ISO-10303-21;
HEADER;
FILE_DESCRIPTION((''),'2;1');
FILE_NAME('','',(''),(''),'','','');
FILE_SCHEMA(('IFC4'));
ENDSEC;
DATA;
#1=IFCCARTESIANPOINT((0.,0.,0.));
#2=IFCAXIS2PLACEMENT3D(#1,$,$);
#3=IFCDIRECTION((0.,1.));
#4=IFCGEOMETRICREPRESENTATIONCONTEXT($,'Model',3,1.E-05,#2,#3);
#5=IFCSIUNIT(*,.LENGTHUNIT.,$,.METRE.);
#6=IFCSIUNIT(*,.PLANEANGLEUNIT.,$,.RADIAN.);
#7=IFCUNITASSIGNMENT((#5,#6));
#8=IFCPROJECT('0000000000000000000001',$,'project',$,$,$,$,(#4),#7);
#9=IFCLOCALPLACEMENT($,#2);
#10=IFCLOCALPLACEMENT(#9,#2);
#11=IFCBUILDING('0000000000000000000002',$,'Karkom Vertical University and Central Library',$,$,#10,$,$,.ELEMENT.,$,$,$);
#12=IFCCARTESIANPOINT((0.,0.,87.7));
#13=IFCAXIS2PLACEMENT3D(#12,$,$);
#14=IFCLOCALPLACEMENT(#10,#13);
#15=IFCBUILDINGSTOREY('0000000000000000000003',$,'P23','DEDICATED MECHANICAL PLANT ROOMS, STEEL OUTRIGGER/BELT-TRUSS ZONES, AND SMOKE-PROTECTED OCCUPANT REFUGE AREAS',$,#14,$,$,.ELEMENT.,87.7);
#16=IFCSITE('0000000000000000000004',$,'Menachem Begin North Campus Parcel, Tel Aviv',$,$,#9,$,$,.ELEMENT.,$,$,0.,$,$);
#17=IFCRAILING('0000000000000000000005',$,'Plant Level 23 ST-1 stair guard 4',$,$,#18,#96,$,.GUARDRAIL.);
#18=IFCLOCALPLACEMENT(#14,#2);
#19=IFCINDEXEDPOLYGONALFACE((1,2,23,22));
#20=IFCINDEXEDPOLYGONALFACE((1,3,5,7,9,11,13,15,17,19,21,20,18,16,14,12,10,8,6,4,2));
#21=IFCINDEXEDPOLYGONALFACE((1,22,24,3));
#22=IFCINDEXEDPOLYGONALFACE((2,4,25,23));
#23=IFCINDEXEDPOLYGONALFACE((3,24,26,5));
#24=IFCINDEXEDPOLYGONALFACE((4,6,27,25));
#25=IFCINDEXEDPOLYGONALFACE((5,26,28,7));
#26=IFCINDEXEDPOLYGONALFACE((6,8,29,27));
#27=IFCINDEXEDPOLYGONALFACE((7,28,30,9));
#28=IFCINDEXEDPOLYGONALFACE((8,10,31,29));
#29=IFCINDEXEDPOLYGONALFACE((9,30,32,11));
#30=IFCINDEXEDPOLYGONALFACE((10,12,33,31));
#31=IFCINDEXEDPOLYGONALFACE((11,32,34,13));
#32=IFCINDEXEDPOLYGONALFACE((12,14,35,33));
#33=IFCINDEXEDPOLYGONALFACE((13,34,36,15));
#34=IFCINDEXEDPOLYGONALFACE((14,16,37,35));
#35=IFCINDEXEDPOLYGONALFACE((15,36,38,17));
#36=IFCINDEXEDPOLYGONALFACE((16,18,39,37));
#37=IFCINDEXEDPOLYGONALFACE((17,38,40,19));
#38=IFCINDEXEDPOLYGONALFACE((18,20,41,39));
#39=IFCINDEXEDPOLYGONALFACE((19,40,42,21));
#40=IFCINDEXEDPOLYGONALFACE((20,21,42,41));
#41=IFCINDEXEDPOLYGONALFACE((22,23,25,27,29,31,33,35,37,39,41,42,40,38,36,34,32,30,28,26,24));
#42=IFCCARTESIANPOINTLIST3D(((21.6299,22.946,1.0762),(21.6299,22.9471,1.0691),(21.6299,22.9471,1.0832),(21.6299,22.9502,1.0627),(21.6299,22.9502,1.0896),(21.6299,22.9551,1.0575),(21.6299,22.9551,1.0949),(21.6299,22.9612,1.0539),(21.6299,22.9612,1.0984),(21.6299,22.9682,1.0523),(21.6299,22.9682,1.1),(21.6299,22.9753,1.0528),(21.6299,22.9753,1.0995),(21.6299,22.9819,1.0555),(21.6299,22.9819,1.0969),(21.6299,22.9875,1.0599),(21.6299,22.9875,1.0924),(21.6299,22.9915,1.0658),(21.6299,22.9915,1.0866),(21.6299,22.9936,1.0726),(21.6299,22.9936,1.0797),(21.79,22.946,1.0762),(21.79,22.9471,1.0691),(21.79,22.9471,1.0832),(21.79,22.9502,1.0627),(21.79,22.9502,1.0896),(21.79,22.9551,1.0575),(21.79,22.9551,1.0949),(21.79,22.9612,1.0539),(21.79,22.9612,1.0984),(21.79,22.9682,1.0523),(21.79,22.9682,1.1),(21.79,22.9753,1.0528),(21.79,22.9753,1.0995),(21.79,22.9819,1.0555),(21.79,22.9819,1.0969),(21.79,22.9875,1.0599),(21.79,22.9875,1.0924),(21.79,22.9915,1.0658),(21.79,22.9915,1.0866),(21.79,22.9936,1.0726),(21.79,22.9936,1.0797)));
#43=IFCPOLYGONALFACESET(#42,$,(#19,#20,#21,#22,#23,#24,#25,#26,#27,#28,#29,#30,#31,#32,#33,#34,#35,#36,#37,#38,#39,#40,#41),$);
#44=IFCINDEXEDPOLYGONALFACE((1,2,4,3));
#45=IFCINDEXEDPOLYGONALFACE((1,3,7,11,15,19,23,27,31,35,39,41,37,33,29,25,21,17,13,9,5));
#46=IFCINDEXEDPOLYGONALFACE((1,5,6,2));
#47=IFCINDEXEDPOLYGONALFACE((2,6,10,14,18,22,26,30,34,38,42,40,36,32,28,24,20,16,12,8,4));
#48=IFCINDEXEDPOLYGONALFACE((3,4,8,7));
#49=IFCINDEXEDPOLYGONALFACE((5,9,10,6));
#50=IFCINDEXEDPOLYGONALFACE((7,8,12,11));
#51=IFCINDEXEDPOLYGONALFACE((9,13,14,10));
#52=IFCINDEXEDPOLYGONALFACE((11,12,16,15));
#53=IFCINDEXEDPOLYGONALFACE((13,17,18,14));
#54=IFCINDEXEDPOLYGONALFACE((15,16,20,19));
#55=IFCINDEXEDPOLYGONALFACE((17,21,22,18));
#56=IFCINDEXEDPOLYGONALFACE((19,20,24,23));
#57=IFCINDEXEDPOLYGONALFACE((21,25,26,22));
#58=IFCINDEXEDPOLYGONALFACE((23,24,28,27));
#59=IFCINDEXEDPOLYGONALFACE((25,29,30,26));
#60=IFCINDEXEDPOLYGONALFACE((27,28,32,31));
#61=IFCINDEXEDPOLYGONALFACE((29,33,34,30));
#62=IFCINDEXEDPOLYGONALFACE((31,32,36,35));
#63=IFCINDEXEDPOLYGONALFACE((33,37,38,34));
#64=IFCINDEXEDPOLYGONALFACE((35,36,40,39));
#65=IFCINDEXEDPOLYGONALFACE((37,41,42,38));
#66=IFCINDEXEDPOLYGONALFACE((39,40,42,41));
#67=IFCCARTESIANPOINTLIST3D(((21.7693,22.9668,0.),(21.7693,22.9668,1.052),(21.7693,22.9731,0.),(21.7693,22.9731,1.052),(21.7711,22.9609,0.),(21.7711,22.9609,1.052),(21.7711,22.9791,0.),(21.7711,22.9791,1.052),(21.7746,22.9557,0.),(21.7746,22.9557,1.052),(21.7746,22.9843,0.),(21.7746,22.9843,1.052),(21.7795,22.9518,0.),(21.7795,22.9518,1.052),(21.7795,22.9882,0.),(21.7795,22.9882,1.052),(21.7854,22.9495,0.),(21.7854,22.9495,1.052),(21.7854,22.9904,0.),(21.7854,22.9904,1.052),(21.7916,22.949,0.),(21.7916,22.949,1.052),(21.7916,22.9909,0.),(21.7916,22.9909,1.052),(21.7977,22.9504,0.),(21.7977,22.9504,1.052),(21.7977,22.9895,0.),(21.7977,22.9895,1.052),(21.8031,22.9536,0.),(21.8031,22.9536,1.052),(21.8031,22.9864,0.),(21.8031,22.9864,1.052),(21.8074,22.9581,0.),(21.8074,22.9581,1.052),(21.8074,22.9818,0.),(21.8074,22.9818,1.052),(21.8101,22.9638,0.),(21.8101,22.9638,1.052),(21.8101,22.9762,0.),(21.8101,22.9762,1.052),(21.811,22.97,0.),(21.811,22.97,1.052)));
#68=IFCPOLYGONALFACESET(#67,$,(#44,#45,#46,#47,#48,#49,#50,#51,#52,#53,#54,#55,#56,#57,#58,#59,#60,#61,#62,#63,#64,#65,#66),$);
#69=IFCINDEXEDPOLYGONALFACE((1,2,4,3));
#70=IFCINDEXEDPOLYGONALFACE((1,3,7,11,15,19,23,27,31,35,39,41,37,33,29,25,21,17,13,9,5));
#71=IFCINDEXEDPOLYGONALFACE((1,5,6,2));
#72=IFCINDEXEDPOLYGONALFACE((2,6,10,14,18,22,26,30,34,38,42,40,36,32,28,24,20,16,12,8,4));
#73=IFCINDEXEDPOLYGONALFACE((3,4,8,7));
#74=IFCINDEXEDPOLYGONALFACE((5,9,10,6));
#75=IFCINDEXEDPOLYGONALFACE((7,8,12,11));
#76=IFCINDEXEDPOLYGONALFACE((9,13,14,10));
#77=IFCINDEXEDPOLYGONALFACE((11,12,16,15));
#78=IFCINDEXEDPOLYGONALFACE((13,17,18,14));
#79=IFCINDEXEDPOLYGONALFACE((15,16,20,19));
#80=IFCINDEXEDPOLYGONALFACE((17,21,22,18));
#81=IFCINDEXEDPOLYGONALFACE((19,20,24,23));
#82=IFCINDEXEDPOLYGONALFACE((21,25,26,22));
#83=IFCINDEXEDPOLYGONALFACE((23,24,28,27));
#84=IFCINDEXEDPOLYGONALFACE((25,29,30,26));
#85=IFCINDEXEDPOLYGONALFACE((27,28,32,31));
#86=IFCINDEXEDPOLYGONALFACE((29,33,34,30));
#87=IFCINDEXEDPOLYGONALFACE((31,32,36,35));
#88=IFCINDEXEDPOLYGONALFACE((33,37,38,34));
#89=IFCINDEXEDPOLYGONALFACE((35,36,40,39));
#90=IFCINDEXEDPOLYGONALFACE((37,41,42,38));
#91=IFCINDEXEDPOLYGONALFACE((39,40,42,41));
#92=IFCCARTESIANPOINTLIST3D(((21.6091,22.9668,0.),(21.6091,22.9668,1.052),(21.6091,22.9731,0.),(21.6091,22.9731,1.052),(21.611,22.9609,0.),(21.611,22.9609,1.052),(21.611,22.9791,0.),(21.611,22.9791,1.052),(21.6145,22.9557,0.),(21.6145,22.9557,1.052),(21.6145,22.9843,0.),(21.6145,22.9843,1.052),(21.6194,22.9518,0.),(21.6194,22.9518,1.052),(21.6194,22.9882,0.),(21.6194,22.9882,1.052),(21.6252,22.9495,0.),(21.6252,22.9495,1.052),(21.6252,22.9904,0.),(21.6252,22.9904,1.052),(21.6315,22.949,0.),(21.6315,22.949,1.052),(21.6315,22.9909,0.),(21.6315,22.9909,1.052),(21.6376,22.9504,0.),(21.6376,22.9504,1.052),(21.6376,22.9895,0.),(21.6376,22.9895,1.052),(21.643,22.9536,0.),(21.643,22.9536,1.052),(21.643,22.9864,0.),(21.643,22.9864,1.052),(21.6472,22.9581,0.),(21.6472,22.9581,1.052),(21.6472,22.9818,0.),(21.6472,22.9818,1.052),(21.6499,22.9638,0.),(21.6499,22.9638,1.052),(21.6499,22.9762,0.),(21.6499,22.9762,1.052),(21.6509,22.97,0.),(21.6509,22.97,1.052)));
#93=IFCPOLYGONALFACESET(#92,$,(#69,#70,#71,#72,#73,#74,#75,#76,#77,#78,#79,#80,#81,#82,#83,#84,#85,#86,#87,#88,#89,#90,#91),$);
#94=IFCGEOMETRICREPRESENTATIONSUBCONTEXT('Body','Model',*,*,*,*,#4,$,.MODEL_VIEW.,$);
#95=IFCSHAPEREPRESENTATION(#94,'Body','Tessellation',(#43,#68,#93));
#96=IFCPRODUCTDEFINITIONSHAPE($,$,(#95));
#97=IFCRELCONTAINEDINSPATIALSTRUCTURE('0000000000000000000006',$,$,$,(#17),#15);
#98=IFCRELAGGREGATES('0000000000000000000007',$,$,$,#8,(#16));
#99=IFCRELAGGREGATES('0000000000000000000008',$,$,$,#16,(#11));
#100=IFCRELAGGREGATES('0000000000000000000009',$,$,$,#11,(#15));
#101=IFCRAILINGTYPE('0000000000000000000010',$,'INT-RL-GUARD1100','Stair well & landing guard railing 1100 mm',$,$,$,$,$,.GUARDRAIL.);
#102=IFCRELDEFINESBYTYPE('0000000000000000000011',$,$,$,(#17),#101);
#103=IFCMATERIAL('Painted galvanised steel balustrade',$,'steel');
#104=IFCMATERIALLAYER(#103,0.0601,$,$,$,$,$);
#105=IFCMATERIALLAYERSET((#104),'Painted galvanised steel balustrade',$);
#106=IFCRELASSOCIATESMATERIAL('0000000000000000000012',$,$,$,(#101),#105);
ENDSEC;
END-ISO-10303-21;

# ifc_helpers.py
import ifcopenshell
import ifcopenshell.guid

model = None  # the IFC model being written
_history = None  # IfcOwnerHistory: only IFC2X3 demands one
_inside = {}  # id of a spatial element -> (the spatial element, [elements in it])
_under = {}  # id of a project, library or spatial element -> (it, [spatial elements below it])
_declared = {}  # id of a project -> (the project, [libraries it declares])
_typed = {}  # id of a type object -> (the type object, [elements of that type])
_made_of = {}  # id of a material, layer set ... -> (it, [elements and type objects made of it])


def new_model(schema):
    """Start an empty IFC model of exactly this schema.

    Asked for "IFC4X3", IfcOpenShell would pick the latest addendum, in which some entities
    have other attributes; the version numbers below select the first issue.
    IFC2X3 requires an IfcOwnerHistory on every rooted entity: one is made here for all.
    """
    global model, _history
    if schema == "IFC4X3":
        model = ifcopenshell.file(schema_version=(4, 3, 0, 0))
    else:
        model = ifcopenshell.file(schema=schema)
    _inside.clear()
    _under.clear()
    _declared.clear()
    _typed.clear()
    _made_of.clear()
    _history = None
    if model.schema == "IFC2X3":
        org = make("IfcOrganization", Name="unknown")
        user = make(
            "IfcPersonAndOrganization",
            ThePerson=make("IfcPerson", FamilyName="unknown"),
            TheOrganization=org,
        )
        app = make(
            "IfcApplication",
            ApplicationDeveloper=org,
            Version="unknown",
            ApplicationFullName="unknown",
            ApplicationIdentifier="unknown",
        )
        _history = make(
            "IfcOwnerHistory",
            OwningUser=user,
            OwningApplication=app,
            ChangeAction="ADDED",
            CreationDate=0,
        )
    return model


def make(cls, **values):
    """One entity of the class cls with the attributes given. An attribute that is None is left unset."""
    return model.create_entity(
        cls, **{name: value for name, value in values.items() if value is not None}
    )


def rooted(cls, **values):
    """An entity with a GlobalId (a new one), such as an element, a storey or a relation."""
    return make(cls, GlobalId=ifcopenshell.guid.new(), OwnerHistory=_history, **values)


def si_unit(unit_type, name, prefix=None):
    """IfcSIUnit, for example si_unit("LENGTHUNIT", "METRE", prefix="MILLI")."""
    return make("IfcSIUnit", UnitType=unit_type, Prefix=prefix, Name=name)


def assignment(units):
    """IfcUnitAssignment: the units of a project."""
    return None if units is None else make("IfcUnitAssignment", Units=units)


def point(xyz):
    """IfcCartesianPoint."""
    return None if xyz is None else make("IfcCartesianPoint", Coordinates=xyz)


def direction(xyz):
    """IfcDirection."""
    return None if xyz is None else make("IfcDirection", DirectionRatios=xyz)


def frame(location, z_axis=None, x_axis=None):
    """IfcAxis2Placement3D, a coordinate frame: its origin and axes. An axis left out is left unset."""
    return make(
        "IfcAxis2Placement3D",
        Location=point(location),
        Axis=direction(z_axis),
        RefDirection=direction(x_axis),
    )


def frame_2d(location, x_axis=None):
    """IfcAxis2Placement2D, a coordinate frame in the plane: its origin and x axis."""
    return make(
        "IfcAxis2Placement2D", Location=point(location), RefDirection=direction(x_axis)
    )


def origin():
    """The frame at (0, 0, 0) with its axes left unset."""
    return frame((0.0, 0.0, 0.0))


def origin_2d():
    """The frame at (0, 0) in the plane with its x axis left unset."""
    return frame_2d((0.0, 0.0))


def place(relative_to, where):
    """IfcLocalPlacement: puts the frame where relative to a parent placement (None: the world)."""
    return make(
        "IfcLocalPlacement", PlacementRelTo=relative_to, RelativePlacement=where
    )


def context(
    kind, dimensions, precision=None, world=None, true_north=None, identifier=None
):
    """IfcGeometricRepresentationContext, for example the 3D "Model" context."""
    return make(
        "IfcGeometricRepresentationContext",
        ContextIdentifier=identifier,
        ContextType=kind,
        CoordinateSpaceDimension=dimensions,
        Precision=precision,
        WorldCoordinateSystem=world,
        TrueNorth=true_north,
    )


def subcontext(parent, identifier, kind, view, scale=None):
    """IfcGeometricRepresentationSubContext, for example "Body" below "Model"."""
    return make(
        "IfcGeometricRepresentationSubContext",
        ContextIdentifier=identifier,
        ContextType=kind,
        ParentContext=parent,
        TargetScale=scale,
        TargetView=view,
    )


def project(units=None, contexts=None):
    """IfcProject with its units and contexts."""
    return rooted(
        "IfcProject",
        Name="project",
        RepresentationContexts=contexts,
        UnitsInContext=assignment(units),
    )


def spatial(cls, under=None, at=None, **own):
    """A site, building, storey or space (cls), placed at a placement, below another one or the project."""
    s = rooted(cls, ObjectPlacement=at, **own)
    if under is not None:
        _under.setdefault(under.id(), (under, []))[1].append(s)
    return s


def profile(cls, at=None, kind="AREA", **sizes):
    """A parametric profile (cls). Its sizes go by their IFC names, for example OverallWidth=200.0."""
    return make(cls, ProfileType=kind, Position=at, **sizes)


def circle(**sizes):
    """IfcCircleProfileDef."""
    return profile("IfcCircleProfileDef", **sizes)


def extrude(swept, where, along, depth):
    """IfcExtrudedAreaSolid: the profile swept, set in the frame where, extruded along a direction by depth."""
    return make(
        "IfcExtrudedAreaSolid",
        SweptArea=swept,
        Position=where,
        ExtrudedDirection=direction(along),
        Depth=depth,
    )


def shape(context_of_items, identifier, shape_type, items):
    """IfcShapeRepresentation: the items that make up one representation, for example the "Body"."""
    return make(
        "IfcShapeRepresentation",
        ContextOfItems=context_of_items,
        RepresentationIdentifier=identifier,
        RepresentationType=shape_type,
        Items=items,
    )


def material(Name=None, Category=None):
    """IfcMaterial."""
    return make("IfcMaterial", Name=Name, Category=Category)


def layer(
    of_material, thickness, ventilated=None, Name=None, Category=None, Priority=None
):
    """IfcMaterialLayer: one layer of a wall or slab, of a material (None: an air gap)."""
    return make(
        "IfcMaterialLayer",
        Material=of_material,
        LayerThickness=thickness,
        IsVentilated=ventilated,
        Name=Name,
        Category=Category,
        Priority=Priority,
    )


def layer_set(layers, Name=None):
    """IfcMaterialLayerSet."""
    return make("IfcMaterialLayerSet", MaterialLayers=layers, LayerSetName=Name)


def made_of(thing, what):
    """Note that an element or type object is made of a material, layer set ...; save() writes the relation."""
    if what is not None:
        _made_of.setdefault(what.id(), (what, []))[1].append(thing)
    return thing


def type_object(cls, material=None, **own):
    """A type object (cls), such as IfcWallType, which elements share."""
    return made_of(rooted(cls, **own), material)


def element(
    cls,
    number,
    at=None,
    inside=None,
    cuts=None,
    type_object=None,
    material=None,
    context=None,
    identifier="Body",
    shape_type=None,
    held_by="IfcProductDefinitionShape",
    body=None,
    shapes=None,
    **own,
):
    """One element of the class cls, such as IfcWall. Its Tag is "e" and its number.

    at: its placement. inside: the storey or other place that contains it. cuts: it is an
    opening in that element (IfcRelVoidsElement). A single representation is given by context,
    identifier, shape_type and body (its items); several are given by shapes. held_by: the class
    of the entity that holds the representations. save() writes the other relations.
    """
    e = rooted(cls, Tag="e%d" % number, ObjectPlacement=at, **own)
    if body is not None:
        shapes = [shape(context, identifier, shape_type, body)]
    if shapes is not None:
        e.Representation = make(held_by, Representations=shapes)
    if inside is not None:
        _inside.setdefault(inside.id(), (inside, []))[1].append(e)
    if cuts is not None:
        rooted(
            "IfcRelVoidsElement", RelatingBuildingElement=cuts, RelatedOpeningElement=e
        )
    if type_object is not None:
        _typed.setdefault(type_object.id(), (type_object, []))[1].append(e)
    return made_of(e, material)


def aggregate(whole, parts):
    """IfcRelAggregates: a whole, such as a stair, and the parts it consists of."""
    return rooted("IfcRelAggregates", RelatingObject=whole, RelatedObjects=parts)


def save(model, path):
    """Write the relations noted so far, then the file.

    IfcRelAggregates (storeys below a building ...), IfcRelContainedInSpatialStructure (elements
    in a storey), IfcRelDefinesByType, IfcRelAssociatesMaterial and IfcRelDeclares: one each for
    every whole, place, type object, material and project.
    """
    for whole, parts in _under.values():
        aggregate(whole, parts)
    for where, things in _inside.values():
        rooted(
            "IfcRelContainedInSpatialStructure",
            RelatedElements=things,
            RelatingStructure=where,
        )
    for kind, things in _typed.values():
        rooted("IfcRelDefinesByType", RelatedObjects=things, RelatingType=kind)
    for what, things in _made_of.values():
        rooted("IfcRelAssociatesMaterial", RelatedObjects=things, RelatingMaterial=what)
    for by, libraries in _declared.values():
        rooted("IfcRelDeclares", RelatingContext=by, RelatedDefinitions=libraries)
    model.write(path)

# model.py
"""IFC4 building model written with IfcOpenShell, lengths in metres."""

from ifc_helpers import new_model, si_unit, direction, frame, origin, origin_2d, place, context, subcontext, project, spatial, circle, extrude, material, layer, layer_set, type_object, element, save


model = new_model("IFC4")

# Units and contexts
model_context = context("Model", 3, precision=1e-05, world=origin(), true_north=direction((0.0, 1.0)))
body_context = subcontext(model_context, "Body", "Model", "MODEL_VIEW")
ifc_project = project(units=[si_unit("LENGTHUNIT", "METRE"), si_unit("PLANEANGLEUNIT", "RADIAN")], contexts=[model_context])

# Site, building, storey
site_placement = place(None, origin())
site = spatial("IfcSite", under=ifc_project, at=site_placement, Name="Menachem Begin North Campus Parcel, Tel Aviv", CompositionType="ELEMENT", RefElevation=0.0)
building_placement = place(site_placement, origin())
building = spatial("IfcBuilding", under=site, at=building_placement, Name="Karkom Vertical University and Central Library", CompositionType="ELEMENT")
storey_placement = place(building_placement, frame((0.0, 0.0, 87.7)))
storey = spatial("IfcBuildingStorey", under=building, at=storey_placement, Name="P23", Description="DEDICATED MECHANICAL PLANT ROOMS, STEEL OUTRIGGER/BELT-TRUSS ZONES, AND SMOKE-PROTECTED OCCUPANT REFUGE AREAS", CompositionType="ELEMENT", Elevation=87.7)

# Railing
ifc_material_1 = material(Name="Painted galvanised steel balustrade", Category="steel")
ifc_layer_1 = layer(ifc_material_1, 0.0601)
ifc_layer_set_1 = layer_set([ifc_layer_1], Name="Painted galvanised steel balustrade")
railing_type_1 = type_object("IfcRailingType", Name="INT-RL-GUARD1100", Description="Stair well & landing guard railing 1100 mm", PredefinedType="GUARDRAIL", material=ifc_layer_set_1)
railing_1_placement = place(storey_placement, frame((21.79, 22.97, 0.0)))
element("IfcRailing", 1, at=railing_1_placement, inside=storey, type_object=railing_type_1, Name="Plant Level 23 ST-1 stair guard 4", PredefinedType="GUARDRAIL", context=body_context, shape_type="SweptSolid", body=[
    extrude(circle(Radius=0.0239, at=origin_2d()), frame((0.0, 0.0, 1.0762), z_axis=(-1.0, 0.0, 0.0), x_axis=(0.0, -1.0, 0.0)), (0.0, 0.0, 1.0), 0.1602),
    extrude(circle(Radius=0.021, at=origin_2d()), origin(), (0.0, 0.0, 1.0), 1.052),
    extrude(circle(Radius=0.021, at=origin_2d()), frame((-0.1602, 0.0, 0.0)), (0.0, 0.0, 1.0), 1.052),
])

save(model, "model.ifc")
